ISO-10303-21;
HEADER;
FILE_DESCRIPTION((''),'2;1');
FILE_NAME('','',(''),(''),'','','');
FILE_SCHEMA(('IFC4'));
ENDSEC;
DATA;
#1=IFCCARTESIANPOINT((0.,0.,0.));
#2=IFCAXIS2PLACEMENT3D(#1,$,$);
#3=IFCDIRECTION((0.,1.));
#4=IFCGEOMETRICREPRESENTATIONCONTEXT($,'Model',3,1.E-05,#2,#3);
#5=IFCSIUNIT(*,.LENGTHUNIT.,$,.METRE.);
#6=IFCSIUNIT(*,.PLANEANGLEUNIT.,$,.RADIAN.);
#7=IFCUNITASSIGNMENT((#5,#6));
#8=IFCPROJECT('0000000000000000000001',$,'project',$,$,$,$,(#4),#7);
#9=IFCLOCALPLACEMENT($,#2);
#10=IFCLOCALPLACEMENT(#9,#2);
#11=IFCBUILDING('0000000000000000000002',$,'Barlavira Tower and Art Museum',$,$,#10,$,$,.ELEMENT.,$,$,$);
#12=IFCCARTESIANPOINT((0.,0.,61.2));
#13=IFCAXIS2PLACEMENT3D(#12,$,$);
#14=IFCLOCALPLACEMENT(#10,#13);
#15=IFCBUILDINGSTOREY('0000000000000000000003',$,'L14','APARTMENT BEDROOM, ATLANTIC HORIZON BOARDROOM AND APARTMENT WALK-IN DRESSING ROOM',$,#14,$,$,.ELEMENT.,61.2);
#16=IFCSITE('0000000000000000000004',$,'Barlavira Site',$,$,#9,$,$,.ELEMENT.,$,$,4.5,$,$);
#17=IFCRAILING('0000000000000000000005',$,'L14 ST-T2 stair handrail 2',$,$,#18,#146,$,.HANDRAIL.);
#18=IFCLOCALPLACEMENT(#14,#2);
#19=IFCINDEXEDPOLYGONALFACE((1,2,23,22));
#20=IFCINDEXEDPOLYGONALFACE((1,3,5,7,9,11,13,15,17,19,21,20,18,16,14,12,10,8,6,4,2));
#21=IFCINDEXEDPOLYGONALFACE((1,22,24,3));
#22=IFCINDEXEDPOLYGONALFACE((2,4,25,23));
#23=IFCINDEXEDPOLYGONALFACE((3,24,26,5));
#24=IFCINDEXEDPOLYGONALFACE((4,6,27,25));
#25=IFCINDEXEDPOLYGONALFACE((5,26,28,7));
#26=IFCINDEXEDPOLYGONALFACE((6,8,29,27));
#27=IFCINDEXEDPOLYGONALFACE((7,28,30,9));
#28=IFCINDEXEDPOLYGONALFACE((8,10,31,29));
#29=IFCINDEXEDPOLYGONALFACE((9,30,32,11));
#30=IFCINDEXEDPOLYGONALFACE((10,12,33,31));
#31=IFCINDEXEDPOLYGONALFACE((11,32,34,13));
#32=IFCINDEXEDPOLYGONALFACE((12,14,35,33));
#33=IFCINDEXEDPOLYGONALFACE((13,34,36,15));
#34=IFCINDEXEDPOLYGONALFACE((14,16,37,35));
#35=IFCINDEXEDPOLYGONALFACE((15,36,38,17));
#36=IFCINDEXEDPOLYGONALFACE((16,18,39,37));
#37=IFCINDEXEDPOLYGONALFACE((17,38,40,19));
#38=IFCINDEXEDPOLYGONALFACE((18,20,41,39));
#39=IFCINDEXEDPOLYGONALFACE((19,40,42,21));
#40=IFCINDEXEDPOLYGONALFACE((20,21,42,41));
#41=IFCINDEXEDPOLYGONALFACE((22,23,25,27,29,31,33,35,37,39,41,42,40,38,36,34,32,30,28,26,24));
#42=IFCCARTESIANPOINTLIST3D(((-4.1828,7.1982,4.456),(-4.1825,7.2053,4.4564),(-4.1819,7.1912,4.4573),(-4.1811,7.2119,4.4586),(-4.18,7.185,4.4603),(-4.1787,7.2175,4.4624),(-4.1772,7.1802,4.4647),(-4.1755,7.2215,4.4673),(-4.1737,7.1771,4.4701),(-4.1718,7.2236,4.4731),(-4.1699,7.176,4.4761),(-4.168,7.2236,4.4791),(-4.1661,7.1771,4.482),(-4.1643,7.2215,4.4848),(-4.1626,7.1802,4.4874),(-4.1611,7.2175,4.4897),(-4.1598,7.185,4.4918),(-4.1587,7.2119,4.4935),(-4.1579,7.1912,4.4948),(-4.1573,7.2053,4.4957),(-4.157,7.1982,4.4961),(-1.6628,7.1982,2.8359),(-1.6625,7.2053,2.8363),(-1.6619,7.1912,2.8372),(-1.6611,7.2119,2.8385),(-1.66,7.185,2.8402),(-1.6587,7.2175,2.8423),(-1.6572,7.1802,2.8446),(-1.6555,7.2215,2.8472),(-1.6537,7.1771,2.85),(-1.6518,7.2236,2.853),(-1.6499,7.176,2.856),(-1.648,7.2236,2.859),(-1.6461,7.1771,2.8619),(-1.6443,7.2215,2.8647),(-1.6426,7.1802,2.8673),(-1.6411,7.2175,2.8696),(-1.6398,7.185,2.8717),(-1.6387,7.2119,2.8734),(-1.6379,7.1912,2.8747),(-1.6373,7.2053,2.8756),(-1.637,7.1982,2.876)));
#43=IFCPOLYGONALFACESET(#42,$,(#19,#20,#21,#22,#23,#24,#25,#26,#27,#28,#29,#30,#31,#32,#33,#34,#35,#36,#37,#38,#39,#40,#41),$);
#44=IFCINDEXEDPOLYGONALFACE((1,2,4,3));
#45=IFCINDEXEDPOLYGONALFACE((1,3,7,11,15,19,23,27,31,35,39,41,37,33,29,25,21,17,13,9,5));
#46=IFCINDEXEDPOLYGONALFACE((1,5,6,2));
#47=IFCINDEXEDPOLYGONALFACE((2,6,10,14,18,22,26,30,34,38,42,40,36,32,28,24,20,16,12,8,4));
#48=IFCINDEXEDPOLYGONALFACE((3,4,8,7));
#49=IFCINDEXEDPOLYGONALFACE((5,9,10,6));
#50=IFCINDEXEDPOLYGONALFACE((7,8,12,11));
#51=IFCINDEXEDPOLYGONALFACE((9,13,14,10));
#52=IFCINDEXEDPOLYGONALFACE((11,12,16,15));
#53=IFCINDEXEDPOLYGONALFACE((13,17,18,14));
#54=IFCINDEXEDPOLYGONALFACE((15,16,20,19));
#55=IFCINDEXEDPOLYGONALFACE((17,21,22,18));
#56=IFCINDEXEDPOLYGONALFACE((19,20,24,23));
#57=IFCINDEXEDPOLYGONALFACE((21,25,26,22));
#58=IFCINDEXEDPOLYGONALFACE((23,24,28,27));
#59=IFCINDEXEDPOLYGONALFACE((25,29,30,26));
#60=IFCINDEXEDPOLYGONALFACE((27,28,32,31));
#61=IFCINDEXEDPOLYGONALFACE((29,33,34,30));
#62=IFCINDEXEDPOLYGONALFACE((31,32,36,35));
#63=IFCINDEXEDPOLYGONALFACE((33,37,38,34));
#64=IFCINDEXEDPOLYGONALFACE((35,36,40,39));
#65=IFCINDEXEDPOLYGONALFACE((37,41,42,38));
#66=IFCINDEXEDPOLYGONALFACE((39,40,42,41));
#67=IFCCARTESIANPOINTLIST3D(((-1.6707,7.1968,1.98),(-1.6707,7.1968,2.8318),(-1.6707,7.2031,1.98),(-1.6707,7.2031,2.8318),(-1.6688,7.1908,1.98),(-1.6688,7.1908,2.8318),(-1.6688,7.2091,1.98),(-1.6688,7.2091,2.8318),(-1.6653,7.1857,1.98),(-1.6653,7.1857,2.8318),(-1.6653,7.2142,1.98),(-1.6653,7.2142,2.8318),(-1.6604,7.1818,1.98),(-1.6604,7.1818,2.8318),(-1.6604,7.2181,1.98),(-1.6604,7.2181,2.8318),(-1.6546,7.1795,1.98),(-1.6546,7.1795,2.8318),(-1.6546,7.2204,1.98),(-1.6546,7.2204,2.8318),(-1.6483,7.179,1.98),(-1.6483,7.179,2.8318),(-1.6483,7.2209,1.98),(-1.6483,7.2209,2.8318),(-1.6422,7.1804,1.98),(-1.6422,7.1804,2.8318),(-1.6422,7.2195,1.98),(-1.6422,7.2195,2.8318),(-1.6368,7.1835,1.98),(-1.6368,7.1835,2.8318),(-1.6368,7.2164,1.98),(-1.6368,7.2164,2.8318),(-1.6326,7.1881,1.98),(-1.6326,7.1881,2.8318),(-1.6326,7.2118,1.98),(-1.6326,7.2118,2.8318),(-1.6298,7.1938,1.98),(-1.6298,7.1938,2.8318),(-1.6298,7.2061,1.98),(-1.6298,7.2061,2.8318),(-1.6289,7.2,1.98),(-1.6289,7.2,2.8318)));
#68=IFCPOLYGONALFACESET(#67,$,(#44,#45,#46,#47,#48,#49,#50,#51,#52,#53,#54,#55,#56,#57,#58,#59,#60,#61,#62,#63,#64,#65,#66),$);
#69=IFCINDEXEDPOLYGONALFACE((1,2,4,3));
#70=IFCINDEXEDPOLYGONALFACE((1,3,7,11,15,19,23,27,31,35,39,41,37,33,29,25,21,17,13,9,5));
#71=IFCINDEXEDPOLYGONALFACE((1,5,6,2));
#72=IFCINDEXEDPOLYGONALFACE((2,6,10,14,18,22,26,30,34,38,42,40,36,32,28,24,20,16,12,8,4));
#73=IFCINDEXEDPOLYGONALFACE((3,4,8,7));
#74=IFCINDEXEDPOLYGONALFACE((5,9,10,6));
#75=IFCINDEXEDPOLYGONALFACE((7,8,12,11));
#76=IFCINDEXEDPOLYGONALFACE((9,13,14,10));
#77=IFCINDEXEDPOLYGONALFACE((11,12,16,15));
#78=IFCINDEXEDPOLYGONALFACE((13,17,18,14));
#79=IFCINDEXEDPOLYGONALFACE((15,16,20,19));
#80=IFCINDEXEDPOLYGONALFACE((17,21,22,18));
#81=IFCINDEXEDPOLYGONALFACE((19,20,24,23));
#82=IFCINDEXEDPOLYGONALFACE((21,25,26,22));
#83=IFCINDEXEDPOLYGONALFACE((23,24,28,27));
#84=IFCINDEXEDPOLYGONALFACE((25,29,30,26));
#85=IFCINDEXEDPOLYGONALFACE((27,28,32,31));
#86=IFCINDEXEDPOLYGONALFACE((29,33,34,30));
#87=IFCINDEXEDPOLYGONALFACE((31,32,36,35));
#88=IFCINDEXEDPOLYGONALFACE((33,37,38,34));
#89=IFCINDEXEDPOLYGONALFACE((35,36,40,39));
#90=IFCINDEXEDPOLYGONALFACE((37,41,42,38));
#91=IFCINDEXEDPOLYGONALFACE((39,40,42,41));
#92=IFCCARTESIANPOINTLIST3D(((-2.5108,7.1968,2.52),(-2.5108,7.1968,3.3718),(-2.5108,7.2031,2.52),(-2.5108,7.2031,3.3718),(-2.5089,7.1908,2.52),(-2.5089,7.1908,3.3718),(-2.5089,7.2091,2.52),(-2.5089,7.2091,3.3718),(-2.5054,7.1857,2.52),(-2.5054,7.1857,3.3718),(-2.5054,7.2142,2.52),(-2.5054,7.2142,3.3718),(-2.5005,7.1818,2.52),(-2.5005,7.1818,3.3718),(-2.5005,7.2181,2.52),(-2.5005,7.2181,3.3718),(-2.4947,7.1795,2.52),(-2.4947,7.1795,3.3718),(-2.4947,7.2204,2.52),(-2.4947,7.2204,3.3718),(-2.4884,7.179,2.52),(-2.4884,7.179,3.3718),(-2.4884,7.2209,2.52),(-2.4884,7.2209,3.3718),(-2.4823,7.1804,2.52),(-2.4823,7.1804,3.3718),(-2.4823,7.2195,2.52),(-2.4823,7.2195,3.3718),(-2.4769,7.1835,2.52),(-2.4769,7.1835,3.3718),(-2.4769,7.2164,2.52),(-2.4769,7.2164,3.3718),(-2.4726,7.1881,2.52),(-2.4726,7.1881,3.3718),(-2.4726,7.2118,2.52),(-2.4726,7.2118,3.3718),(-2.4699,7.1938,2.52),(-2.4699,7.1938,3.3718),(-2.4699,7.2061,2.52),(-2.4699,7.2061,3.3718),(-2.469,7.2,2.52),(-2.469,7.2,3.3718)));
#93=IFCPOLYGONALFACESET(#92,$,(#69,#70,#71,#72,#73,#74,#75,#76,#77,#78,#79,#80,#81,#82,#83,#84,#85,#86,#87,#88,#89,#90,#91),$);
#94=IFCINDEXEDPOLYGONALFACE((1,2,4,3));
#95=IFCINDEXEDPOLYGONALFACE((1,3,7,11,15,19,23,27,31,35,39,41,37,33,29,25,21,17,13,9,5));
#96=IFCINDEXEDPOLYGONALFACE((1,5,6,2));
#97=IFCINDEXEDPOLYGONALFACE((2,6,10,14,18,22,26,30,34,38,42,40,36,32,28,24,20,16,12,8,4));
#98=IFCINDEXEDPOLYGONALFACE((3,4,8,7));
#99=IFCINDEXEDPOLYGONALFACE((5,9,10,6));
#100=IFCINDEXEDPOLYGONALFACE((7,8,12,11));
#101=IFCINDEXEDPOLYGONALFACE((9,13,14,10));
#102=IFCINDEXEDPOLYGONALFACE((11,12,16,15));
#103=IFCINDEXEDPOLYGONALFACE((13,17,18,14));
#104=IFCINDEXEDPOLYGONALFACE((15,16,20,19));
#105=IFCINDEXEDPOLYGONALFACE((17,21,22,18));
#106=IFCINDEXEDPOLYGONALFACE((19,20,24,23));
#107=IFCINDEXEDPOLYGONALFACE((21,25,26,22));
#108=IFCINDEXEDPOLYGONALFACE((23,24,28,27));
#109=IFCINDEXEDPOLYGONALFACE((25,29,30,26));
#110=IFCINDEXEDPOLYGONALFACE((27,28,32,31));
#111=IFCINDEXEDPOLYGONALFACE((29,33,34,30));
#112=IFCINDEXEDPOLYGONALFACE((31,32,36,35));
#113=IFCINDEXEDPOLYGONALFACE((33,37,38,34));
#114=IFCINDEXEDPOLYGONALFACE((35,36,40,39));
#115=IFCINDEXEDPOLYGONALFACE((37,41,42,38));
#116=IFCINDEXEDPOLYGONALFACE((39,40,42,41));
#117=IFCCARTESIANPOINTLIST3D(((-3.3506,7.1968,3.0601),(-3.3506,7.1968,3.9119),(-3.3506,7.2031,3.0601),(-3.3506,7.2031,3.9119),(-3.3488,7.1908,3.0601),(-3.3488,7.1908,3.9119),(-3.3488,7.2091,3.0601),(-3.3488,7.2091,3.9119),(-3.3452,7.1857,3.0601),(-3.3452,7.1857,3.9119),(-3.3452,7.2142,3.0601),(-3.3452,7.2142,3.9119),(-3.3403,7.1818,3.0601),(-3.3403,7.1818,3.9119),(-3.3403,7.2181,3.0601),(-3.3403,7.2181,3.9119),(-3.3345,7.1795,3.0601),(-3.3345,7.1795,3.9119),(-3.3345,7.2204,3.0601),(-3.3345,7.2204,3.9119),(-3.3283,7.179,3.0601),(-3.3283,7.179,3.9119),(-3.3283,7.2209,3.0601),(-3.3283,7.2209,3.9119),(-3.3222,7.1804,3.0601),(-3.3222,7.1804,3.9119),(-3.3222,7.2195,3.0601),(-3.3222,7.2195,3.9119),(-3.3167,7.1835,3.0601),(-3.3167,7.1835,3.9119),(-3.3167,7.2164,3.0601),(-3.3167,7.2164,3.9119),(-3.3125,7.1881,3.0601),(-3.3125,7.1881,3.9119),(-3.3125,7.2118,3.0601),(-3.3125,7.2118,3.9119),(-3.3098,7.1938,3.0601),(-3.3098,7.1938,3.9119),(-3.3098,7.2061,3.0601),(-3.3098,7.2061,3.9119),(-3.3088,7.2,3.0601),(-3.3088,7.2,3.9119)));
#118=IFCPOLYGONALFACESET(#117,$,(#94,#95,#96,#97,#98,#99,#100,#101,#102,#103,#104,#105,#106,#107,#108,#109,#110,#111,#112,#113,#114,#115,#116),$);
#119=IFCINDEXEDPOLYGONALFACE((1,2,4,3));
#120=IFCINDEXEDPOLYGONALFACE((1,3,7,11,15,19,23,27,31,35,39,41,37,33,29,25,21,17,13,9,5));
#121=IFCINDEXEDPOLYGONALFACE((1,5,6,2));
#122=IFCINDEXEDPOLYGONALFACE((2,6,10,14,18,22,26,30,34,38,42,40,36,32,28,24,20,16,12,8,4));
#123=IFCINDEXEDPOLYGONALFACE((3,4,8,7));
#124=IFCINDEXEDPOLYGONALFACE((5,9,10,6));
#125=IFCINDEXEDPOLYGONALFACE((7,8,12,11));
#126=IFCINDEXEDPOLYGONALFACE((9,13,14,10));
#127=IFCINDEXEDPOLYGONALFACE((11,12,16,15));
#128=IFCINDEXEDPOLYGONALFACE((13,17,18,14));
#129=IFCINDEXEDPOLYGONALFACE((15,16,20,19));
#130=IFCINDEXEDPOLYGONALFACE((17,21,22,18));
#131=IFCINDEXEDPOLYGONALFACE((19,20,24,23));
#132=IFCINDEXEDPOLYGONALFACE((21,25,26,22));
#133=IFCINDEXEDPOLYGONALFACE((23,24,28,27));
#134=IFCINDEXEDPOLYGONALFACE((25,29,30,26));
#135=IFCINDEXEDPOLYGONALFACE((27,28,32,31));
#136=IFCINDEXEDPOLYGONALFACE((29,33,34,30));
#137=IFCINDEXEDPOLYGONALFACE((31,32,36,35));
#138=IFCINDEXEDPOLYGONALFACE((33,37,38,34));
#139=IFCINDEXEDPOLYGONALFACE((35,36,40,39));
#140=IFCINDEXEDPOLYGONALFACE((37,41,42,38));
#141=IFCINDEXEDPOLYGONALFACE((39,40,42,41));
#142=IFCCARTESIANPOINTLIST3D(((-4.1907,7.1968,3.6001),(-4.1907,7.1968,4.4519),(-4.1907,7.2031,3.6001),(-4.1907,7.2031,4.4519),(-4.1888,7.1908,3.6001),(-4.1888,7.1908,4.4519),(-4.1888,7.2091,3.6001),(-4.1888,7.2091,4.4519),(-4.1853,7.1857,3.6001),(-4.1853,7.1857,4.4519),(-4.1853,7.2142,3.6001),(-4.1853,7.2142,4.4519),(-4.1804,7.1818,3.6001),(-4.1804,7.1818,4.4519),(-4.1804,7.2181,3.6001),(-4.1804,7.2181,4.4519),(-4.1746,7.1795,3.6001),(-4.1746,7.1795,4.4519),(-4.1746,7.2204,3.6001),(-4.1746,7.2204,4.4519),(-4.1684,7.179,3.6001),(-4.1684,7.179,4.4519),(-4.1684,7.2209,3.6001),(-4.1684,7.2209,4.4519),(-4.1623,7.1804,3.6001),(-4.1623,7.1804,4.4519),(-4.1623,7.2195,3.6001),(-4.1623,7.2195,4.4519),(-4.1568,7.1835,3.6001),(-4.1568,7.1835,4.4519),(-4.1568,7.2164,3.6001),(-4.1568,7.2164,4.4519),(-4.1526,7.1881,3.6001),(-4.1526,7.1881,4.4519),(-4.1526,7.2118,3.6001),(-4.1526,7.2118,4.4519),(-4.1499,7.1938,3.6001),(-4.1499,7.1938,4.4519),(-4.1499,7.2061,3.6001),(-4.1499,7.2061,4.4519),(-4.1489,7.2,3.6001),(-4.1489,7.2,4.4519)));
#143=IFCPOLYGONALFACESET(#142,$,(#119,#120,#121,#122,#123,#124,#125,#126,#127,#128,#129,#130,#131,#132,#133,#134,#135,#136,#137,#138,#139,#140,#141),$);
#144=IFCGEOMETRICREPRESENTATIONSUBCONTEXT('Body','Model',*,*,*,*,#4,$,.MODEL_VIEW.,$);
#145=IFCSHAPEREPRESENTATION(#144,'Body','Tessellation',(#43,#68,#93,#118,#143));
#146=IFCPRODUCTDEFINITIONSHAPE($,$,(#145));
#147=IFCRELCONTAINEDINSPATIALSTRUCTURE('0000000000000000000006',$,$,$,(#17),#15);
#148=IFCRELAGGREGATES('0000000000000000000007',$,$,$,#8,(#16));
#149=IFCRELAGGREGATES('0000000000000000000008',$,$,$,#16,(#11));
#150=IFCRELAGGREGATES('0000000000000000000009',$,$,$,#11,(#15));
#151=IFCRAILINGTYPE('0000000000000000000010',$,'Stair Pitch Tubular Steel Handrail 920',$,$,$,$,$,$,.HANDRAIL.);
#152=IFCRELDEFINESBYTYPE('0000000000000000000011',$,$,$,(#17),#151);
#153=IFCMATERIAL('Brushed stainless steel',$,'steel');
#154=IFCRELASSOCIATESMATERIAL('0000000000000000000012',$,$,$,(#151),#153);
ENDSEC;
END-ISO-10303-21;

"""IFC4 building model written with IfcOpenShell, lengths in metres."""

from ifc_helpers import new_model, si_unit, direction, frame, origin, origin_2d, place, context, subcontext, project, spatial, circle, extrude, material, type_object, element, save


model = new_model("IFC4")

# Units and contexts
model_context = context("Model", 3, precision=1e-05, world=origin(), true_north=direction((0.0, 1.0)))
body_context = subcontext(model_context, "Body", "Model", "MODEL_VIEW")
ifc_project = project(units=[si_unit("LENGTHUNIT", "METRE"), si_unit("PLANEANGLEUNIT", "RADIAN")], contexts=[model_context])

# Site, building, storey
site_placement = place(None, origin())
site = spatial("IfcSite", under=ifc_project, at=site_placement, Name="Barlavira Site", CompositionType="ELEMENT", RefElevation=4.5)
building_placement = place(site_placement, origin())
building = spatial("IfcBuilding", under=site, at=building_placement, Name="Barlavira Tower and Art Museum", CompositionType="ELEMENT")
storey_placement = place(building_placement, frame((0.0, 0.0, 61.2)))
storey = spatial("IfcBuildingStorey", under=building, at=storey_placement, Name="L14", Description="APARTMENT BEDROOM, ATLANTIC HORIZON BOARDROOM AND APARTMENT WALK-IN DRESSING ROOM", CompositionType="ELEMENT", Elevation=61.2)

# Shared definitions
ifc_material_1 = material(Name="Brushed stainless steel", Category="steel")

# Railing
railing_type_1 = type_object("IfcRailingType", Name="Stair Pitch Tubular Steel Handrail 920", PredefinedType="HANDRAIL", material=ifc_material_1)
railing_1_placement = place(storey_placement, frame((-1.6499, 7.2, 1.98)))
element("IfcRailing", 1, at=railing_1_placement, inside=storey, type_object=railing_type_1, Name="L14 ST-T2 stair handrail 2", PredefinedType="HANDRAIL", context=body_context, shape_type="SweptSolid", body=[
    extrude(circle(Radius=0.0239, at=origin_2d()), frame((0.0, 0.0, 0.876), z_axis=(-0.841163, 0.0, 0.540782), x_axis=(0.0, -1.0, 0.0)), (0.0, 0.0, 1.0), 2.9958),
    extrude(circle(Radius=0.021, at=origin_2d()), origin(), (0.0, 0.0, 1.0), 0.8518),
    extrude(circle(Radius=0.021, at=origin_2d()), frame((-0.8401, 0.0, 0.54)), (0.0, 0.0, 1.0), 0.8518),
    extrude(circle(Radius=0.021, at=origin_2d()), frame((-1.6799, 0.0, 1.0801)), (0.0, 0.0, 1.0), 0.8518),
    extrude(circle(Radius=0.021, at=origin_2d()), frame((-2.52, 0.0, 1.6201)), (0.0, 0.0, 1.0), 0.8518),
])

save(model, "model.ifc")
